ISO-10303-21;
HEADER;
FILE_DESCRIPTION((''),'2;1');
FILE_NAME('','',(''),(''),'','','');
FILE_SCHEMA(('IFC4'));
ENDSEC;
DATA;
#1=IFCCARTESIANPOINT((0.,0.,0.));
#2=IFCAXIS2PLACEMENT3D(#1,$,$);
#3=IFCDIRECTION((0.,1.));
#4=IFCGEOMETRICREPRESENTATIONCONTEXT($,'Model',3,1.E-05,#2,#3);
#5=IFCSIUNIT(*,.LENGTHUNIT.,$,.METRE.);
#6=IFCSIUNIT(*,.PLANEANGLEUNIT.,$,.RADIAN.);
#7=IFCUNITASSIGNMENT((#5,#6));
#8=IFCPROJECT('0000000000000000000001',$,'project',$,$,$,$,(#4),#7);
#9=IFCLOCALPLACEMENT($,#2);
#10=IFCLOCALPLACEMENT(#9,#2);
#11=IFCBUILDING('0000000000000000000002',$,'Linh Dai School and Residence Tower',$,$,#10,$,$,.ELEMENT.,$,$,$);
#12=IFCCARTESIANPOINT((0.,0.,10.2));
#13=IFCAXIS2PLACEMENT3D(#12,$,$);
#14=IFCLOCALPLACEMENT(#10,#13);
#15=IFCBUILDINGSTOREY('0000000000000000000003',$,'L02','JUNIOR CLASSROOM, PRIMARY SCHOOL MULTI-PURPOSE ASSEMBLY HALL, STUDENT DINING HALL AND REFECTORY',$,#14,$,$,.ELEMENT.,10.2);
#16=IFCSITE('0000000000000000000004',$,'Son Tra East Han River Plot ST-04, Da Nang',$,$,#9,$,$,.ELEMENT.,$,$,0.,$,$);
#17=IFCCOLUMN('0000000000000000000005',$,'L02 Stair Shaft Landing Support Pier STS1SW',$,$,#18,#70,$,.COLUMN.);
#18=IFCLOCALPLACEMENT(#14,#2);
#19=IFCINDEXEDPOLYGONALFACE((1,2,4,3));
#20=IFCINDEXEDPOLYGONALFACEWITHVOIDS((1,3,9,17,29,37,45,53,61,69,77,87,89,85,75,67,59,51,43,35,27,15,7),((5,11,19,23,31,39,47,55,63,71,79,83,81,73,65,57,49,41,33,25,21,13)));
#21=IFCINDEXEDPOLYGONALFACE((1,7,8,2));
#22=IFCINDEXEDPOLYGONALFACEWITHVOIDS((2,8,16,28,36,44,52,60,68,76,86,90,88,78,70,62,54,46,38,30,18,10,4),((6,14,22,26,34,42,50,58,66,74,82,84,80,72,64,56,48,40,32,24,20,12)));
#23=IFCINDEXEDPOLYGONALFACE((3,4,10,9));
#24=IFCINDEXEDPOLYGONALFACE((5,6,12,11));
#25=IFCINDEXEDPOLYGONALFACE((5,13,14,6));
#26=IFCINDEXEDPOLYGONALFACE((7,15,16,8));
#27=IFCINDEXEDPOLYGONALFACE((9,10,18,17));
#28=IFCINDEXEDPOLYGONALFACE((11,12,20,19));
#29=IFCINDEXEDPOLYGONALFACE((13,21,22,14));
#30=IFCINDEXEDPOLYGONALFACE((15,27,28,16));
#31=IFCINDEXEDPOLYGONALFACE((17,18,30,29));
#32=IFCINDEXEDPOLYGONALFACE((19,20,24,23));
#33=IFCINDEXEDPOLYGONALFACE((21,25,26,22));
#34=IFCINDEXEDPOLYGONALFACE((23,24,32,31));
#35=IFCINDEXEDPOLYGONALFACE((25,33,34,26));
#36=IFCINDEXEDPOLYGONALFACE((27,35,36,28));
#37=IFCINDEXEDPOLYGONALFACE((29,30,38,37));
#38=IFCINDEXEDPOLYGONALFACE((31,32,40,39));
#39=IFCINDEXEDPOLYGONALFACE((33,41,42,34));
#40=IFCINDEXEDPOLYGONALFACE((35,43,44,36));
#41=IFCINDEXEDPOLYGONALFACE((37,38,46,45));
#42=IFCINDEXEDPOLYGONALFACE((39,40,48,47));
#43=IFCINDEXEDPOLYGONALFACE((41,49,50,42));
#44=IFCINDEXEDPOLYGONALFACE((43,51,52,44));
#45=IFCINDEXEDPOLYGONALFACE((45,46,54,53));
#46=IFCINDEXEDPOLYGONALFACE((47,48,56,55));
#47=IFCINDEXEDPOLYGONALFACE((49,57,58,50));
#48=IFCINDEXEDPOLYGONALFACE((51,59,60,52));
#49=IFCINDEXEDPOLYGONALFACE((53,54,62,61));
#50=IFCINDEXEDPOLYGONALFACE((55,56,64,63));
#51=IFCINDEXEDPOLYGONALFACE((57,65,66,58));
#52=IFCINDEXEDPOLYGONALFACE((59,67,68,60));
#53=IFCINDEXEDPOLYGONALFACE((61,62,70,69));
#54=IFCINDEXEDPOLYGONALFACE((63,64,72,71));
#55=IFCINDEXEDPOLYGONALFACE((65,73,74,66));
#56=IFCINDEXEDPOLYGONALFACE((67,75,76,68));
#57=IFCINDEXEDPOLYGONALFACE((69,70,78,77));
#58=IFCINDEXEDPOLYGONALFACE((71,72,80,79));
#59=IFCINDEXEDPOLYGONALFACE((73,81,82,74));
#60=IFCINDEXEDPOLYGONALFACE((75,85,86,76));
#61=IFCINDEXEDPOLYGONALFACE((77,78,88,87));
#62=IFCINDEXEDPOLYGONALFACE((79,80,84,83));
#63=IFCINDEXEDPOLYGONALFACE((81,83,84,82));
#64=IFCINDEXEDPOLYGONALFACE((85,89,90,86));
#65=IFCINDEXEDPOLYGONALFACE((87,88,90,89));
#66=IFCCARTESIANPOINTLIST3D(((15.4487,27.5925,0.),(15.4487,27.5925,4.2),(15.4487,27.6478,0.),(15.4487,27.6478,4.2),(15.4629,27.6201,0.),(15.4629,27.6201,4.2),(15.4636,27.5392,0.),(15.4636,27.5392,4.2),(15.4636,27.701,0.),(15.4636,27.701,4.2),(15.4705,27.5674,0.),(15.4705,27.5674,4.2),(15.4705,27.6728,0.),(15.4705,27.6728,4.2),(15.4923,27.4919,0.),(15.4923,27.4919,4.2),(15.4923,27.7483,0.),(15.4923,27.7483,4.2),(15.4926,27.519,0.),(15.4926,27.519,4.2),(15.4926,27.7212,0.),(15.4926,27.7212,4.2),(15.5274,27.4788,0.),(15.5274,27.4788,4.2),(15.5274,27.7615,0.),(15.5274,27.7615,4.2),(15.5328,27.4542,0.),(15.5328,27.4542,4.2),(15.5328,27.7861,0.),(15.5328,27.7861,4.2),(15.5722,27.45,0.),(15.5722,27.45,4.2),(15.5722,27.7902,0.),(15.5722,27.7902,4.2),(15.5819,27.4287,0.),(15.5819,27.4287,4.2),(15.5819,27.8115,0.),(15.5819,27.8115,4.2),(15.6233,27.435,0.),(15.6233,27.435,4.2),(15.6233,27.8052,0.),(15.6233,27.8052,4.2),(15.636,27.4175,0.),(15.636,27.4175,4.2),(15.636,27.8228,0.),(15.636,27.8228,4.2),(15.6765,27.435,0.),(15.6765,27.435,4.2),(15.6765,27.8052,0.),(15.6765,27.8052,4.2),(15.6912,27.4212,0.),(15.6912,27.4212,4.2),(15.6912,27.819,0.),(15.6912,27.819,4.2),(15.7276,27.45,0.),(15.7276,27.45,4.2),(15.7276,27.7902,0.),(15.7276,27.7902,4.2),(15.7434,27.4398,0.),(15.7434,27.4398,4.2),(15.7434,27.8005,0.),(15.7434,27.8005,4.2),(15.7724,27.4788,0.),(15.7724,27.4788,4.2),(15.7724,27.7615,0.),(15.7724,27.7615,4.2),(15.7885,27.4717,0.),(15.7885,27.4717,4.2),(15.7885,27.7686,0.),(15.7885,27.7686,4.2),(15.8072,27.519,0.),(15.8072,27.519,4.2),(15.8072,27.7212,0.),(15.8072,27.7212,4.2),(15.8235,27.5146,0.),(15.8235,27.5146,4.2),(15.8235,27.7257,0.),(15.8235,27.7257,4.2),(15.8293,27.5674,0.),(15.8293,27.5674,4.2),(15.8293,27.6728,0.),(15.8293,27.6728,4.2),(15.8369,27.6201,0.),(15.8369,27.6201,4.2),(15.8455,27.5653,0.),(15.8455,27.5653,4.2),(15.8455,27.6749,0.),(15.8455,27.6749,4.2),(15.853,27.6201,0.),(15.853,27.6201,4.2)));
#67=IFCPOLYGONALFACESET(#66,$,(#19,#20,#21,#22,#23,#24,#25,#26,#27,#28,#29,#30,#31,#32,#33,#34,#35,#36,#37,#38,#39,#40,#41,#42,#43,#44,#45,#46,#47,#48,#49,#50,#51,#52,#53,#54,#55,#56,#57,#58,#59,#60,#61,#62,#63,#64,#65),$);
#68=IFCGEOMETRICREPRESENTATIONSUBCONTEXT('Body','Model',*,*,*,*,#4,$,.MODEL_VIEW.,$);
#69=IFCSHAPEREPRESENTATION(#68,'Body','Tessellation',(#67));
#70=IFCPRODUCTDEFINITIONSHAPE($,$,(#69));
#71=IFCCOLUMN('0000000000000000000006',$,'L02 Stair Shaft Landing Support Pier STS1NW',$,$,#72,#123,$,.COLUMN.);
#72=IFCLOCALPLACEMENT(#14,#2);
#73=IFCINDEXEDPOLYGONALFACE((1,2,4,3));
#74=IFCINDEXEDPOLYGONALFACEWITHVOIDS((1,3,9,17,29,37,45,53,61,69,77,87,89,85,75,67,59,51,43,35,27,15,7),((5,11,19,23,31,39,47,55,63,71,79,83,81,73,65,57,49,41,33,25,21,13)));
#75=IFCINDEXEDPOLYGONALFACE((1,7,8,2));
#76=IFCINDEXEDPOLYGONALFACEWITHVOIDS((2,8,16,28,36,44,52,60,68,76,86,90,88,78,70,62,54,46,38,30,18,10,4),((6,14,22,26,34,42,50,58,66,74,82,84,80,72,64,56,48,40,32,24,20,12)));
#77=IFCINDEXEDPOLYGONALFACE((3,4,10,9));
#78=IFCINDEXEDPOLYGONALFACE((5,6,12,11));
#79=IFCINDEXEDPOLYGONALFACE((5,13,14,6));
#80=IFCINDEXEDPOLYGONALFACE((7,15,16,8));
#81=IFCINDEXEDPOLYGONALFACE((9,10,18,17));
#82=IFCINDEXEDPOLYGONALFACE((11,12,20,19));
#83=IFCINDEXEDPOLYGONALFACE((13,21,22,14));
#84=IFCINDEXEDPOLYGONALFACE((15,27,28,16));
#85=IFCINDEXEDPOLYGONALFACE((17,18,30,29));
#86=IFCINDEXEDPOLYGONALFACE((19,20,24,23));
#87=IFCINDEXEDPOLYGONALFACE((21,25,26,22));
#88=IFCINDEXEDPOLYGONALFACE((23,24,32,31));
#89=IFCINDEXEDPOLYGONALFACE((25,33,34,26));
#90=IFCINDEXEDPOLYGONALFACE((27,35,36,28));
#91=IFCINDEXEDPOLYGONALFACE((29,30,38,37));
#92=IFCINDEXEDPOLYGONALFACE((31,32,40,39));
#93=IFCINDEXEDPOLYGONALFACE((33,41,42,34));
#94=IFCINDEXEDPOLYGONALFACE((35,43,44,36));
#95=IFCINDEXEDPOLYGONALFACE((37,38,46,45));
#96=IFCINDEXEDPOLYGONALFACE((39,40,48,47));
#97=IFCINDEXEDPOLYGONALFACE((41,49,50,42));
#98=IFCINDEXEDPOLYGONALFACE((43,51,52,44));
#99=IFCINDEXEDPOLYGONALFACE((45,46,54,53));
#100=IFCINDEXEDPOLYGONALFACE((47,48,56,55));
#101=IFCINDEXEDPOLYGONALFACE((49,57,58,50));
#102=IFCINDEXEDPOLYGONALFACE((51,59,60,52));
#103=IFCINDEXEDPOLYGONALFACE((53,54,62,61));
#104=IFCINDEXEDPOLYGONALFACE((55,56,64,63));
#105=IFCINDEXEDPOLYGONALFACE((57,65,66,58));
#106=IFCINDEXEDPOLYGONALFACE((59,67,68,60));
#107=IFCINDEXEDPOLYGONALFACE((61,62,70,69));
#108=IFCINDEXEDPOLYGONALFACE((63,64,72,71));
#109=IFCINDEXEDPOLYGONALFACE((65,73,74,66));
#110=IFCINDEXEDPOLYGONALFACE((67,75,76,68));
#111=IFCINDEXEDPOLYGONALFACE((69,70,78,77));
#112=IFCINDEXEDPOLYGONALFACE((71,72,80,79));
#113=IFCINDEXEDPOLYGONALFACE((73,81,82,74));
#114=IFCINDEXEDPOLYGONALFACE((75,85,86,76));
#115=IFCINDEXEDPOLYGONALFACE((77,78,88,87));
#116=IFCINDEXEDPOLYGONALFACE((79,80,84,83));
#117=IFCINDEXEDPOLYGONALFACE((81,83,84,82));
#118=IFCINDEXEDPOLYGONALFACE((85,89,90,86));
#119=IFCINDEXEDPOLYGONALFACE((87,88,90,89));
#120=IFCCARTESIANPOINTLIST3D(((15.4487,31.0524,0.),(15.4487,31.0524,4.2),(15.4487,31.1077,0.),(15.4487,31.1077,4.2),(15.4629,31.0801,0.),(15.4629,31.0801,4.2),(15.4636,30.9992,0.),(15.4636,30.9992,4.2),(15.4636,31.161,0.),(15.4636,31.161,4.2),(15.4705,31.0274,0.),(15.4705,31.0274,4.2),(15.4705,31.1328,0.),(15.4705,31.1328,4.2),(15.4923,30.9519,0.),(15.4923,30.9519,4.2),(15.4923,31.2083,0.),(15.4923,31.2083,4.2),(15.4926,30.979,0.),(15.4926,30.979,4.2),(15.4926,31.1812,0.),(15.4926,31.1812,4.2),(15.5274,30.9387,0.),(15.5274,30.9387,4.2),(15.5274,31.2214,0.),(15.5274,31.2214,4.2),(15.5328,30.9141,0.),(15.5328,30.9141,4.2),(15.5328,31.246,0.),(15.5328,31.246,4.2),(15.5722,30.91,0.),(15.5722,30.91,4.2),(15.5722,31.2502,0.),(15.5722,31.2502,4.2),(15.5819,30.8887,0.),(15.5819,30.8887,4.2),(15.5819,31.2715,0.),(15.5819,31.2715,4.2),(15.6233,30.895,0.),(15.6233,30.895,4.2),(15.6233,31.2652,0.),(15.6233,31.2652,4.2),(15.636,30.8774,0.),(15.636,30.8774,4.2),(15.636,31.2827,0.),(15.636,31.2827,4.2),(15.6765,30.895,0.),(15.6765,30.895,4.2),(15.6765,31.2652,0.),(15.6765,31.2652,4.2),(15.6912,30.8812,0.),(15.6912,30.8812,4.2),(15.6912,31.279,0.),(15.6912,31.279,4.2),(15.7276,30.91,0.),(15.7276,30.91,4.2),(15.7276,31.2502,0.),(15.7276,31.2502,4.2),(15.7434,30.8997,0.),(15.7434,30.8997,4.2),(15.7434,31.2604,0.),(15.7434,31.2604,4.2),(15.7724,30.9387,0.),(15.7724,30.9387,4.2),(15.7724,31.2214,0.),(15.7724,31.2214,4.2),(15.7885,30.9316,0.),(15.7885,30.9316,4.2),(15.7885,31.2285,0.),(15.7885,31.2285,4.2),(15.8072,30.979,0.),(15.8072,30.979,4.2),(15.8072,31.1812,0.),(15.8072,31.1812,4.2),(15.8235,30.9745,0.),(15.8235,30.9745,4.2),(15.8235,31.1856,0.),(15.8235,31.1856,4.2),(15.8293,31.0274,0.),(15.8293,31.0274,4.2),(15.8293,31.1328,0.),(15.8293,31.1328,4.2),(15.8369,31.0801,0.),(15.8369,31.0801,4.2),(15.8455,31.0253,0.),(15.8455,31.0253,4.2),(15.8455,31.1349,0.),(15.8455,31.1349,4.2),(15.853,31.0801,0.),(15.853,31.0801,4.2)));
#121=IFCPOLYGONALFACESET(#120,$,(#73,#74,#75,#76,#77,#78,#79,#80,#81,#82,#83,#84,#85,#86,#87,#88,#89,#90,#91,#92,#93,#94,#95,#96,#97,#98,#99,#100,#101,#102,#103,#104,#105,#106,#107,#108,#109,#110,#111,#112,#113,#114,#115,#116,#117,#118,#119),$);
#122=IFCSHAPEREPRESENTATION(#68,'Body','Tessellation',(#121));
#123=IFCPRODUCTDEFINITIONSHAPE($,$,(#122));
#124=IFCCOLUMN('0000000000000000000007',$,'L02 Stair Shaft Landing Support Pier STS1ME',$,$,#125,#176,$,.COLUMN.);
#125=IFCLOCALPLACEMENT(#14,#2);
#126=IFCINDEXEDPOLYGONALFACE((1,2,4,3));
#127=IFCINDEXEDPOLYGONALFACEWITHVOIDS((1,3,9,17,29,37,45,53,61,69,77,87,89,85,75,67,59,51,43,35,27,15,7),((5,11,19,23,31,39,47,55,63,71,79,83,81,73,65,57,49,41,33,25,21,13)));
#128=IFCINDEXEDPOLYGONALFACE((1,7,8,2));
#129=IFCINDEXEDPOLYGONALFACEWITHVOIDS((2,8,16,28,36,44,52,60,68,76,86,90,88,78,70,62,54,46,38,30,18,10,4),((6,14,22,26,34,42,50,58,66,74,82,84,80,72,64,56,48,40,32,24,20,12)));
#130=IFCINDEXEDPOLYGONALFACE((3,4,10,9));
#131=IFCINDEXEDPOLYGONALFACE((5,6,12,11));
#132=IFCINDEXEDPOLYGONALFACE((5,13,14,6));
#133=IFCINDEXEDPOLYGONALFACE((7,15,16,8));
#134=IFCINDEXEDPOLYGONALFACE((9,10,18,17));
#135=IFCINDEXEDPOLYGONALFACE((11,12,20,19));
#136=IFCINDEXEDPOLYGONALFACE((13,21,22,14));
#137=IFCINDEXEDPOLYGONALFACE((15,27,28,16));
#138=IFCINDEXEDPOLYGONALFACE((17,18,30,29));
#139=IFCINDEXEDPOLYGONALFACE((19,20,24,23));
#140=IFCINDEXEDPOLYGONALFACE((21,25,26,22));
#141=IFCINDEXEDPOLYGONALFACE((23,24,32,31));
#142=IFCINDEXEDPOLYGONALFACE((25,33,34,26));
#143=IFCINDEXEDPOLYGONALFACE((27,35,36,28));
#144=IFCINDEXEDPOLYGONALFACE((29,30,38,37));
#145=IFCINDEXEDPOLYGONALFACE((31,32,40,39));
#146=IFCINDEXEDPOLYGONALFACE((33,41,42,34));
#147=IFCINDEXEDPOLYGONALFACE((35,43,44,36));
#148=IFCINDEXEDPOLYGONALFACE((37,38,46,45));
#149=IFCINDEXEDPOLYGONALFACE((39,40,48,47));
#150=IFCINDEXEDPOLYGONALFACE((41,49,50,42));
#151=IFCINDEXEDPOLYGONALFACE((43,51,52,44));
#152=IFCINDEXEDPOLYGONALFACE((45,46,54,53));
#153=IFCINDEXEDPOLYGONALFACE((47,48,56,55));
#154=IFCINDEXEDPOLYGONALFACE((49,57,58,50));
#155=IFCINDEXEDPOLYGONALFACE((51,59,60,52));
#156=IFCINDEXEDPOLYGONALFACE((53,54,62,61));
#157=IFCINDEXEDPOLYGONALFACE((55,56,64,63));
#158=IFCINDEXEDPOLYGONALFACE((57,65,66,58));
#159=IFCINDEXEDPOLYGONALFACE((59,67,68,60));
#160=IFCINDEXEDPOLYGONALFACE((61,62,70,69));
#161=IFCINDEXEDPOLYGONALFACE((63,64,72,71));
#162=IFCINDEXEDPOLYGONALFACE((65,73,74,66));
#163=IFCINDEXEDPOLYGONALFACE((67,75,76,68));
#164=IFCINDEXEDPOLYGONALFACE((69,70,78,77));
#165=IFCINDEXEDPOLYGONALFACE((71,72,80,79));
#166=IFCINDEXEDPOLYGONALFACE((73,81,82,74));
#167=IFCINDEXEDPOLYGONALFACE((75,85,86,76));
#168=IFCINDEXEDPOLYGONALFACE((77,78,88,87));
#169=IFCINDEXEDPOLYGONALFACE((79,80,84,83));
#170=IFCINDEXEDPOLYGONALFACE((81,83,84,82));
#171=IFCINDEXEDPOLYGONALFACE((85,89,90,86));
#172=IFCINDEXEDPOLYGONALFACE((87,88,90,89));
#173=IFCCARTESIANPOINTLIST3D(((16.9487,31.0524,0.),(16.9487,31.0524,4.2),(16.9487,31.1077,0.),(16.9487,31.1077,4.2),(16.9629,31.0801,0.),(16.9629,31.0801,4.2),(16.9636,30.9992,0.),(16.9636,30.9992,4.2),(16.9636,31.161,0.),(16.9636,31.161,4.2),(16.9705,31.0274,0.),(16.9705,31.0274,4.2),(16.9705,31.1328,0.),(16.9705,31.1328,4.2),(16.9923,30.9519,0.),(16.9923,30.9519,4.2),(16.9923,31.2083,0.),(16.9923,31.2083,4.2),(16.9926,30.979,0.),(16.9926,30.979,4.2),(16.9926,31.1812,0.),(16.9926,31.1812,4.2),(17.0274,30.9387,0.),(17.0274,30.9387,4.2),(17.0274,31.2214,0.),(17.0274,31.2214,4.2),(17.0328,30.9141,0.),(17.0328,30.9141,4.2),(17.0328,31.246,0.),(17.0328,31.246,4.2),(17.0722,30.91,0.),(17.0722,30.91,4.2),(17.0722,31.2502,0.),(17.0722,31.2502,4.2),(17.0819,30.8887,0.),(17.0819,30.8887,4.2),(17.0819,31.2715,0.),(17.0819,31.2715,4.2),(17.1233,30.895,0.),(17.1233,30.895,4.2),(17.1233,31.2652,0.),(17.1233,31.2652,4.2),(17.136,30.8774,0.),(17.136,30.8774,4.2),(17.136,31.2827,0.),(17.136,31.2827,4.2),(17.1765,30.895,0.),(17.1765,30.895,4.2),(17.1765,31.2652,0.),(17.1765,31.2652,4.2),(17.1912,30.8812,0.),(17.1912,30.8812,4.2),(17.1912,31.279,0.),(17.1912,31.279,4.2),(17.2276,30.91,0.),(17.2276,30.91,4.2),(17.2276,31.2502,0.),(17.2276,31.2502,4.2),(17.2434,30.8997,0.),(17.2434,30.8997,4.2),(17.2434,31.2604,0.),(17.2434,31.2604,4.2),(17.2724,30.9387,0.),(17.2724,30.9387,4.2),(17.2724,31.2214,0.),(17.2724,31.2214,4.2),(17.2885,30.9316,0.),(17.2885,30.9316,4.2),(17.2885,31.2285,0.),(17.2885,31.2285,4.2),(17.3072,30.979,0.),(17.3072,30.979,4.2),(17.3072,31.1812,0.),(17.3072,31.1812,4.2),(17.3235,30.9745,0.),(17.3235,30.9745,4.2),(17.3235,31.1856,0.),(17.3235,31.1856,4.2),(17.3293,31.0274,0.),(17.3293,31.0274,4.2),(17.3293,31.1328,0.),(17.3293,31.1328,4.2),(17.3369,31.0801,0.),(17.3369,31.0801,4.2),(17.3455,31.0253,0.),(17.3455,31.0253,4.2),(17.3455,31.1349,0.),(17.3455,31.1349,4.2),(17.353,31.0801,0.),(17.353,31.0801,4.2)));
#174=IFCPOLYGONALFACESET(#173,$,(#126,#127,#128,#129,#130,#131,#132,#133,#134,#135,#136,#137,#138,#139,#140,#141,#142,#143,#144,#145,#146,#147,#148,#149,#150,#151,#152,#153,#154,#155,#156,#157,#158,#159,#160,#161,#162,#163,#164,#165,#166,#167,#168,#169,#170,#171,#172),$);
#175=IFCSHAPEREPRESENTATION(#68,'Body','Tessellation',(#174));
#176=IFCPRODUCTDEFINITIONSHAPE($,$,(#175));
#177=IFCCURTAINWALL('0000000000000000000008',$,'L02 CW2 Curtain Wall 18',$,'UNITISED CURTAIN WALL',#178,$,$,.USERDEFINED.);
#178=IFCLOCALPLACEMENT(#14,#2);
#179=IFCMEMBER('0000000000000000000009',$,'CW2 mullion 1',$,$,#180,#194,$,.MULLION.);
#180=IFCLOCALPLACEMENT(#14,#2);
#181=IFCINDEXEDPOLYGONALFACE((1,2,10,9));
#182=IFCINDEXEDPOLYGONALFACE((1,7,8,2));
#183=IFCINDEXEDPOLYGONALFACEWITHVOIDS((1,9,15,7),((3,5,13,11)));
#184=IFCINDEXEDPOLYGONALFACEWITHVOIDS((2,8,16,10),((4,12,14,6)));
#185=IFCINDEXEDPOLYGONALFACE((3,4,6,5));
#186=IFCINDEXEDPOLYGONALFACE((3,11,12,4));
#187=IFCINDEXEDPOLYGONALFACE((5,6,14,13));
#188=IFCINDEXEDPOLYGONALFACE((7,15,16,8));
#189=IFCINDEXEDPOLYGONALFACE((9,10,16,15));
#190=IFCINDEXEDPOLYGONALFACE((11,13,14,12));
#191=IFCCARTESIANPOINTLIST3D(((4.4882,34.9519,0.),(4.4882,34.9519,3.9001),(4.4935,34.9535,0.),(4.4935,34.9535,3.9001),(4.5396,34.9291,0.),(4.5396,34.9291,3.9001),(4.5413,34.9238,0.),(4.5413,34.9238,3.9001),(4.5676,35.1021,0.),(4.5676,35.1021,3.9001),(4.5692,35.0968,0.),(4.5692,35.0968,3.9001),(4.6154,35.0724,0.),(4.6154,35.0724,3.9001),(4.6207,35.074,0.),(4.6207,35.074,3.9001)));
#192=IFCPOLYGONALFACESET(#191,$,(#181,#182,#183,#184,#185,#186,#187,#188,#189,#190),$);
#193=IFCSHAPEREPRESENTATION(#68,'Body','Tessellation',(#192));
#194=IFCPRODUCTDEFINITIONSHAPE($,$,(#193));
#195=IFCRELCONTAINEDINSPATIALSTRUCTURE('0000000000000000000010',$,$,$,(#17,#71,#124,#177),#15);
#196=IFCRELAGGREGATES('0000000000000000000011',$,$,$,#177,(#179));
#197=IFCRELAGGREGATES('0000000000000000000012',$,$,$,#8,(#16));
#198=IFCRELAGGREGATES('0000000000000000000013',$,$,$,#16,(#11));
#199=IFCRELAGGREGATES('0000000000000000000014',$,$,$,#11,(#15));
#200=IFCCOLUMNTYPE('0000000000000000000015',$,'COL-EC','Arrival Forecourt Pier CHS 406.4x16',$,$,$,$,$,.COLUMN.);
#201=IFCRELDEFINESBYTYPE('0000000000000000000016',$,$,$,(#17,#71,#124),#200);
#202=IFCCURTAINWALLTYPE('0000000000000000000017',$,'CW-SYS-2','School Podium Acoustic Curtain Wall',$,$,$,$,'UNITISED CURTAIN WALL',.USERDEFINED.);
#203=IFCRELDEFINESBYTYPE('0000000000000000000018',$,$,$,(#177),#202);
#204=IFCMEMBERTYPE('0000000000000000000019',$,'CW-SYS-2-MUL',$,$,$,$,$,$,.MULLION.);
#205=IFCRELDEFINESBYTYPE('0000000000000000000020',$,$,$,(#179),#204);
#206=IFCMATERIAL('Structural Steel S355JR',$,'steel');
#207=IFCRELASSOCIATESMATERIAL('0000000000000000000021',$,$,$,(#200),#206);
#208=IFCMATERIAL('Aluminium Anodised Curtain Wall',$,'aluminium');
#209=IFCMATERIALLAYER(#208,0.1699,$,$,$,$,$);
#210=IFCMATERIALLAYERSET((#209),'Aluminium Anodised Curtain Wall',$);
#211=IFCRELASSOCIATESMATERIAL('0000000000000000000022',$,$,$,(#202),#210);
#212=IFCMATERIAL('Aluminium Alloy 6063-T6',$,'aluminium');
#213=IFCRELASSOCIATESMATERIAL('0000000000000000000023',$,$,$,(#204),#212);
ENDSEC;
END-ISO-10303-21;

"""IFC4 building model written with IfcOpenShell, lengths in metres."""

from ifc_helpers import new_model, si_unit, direction, frame, origin, origin_2d, place, context, subcontext, project, spatial, hollow_rectangle, hollow_circle, extrude, source, transform, mapped, material, layer, layer_set, material_profile, profile_set, type_object, element, aggregate, save


model = new_model("IFC4")

# Units and contexts
model_context = context("Model", 3, precision=1e-05, world=origin(), true_north=direction((0.0, 1.0)))
body_context = subcontext(model_context, "Body", "Model", "MODEL_VIEW")
ifc_project = project(units=[si_unit("LENGTHUNIT", "METRE"), si_unit("PLANEANGLEUNIT", "RADIAN")], contexts=[model_context])

# Site, building, storey
site_placement = place(None, origin())
site = spatial("IfcSite", under=ifc_project, at=site_placement, Name="Son Tra East Han River Plot ST-04, Da Nang", CompositionType="ELEMENT", RefElevation=0.0)
building_placement = place(site_placement, origin())
building = spatial("IfcBuilding", under=site, at=building_placement, Name="Linh Dai School and Residence Tower", CompositionType="ELEMENT")
storey_placement = place(building_placement, frame((0.0, 0.0, 10.2)))
storey = spatial("IfcBuildingStorey", under=building, at=storey_placement, Name="L02", Description="JUNIOR CLASSROOM, PRIMARY SCHOOL MULTI-PURPOSE ASSEMBLY HALL, STUDENT DINING HALL AND REFECTORY", CompositionType="ELEMENT", Elevation=10.2)

# Columns
ifc_material_1 = material(Name="Structural Steel S355JR", Category="steel")
ifc_material_profile_1 = material_profile(ifc_material_1, hollow_circle(Radius=0.2031, WallThickness=0.0161, at=origin_2d()), Name="CHS 406.4x16")
ifc_profile_set_1 = profile_set([ifc_material_profile_1], Name="Structural Steel S355JR")
column_type = type_object("IfcColumnType", Name="COL-EC", Description="Arrival Forecourt Pier CHS 406.4x16", PredefinedType="COLUMN", material=ifc_profile_set_1)
for number, where, z_axis, x_axis, name in (
    (1, (15.6499, 27.6201, 0.0), (0.0, 0.0, 1.0), (1.0, 0.0, 0.0), "L02 Stair Shaft Landing Support Pier STS1SW"),
    (2, (15.6499, 31.0801, 0.0), (0.0, 0.0, 1.0), (1.0, 0.0, 0.0), "L02 Stair Shaft Landing Support Pier STS1NW"),
    (3, (17.1499, 31.0801, 0.0), (0.0, 0.0, 1.0), (1.0, 0.0, 0.0), "L02 Stair Shaft Landing Support Pier STS1ME"),
):
    element("IfcColumn", number, at=place(storey_placement, frame(where, z_axis=z_axis, x_axis=x_axis)), inside=storey, type_object=column_type, Name=name, PredefinedType="COLUMN", context=body_context, shape_type="SweptSolid", body=[
        extrude(hollow_circle(Radius=0.2031, WallThickness=0.0161, at=origin_2d()), origin(), (0.0, 0.0, 1.0), 4.2),
    ])

# Curtain wall, member
ifc_material_2 = material(Name="Aluminium Anodised Curtain Wall", Category="aluminium")
ifc_layer_1 = layer(ifc_material_2, 0.1699)
ifc_layer_set_1 = layer_set([ifc_layer_1], Name="Aluminium Anodised Curtain Wall")
curtain_wall_type = type_object("IfcCurtainWallType", Name="CW-SYS-2", Description="School Podium Acoustic Curtain Wall", ElementType="UNITISED CURTAIN WALL", PredefinedType="USERDEFINED", material=ifc_layer_set_1)
curtain_wall_placement = place(storey_placement, origin())
curtain_wall = element("IfcCurtainWall", 4, at=curtain_wall_placement, inside=storey, type_object=curtain_wall_type, Name="L02 CW2 Curtain Wall 18", ObjectType="UNITISED CURTAIN WALL", PredefinedType="USERDEFINED")
ifc_material_3 = material(Name="Aluminium Alloy 6063-T6", Category="aluminium")
ifc_material_profile_2 = material_profile(ifc_material_3, hollow_rectangle(XDim=0.0601, YDim=0.1699, WallThickness=0.0039, at=origin_2d()), Name="RHS 170x60x4")
ifc_profile_set_2 = profile_set([ifc_material_profile_2], Name="Aluminium Alloy 6063-T6")
member_type = type_object("IfcMemberType", Name="CW-SYS-2-MUL", PredefinedType="MULLION", material=ifc_profile_set_2)
shared_shape_1 = source(origin(), body_context, "Body", "SweptSolid", [
    extrude(hollow_rectangle(XDim=0.0601, YDim=0.1699, WallThickness=0.0039, at=origin_2d()), origin(), (0.0, 0.0, 1.0), 3.9001),
])
member_placement = place(storey_placement, frame((4.5544, 35.0129, 0.0), z_axis=(0.0, 0.0, 1.0), x_axis=(-0.883964, 0.467555, 0.0)))
member = element("IfcMember", 5, at=member_placement, type_object=member_type, Name="CW2 mullion 1", PredefinedType="MULLION", context=body_context, shape_type="MappedRepresentation", body=[
    mapped(shared_shape_1, transform((0.0, 0.0, 0.0), x_axis=(1.0, 0.0, 0.0), y_axis=(0.0, 1.0, 0.0), z_axis=(0.0, 0.0, 1.0), scale=1.0)),
])
aggregate(curtain_wall, [member])

save(model, "model.ifc")
